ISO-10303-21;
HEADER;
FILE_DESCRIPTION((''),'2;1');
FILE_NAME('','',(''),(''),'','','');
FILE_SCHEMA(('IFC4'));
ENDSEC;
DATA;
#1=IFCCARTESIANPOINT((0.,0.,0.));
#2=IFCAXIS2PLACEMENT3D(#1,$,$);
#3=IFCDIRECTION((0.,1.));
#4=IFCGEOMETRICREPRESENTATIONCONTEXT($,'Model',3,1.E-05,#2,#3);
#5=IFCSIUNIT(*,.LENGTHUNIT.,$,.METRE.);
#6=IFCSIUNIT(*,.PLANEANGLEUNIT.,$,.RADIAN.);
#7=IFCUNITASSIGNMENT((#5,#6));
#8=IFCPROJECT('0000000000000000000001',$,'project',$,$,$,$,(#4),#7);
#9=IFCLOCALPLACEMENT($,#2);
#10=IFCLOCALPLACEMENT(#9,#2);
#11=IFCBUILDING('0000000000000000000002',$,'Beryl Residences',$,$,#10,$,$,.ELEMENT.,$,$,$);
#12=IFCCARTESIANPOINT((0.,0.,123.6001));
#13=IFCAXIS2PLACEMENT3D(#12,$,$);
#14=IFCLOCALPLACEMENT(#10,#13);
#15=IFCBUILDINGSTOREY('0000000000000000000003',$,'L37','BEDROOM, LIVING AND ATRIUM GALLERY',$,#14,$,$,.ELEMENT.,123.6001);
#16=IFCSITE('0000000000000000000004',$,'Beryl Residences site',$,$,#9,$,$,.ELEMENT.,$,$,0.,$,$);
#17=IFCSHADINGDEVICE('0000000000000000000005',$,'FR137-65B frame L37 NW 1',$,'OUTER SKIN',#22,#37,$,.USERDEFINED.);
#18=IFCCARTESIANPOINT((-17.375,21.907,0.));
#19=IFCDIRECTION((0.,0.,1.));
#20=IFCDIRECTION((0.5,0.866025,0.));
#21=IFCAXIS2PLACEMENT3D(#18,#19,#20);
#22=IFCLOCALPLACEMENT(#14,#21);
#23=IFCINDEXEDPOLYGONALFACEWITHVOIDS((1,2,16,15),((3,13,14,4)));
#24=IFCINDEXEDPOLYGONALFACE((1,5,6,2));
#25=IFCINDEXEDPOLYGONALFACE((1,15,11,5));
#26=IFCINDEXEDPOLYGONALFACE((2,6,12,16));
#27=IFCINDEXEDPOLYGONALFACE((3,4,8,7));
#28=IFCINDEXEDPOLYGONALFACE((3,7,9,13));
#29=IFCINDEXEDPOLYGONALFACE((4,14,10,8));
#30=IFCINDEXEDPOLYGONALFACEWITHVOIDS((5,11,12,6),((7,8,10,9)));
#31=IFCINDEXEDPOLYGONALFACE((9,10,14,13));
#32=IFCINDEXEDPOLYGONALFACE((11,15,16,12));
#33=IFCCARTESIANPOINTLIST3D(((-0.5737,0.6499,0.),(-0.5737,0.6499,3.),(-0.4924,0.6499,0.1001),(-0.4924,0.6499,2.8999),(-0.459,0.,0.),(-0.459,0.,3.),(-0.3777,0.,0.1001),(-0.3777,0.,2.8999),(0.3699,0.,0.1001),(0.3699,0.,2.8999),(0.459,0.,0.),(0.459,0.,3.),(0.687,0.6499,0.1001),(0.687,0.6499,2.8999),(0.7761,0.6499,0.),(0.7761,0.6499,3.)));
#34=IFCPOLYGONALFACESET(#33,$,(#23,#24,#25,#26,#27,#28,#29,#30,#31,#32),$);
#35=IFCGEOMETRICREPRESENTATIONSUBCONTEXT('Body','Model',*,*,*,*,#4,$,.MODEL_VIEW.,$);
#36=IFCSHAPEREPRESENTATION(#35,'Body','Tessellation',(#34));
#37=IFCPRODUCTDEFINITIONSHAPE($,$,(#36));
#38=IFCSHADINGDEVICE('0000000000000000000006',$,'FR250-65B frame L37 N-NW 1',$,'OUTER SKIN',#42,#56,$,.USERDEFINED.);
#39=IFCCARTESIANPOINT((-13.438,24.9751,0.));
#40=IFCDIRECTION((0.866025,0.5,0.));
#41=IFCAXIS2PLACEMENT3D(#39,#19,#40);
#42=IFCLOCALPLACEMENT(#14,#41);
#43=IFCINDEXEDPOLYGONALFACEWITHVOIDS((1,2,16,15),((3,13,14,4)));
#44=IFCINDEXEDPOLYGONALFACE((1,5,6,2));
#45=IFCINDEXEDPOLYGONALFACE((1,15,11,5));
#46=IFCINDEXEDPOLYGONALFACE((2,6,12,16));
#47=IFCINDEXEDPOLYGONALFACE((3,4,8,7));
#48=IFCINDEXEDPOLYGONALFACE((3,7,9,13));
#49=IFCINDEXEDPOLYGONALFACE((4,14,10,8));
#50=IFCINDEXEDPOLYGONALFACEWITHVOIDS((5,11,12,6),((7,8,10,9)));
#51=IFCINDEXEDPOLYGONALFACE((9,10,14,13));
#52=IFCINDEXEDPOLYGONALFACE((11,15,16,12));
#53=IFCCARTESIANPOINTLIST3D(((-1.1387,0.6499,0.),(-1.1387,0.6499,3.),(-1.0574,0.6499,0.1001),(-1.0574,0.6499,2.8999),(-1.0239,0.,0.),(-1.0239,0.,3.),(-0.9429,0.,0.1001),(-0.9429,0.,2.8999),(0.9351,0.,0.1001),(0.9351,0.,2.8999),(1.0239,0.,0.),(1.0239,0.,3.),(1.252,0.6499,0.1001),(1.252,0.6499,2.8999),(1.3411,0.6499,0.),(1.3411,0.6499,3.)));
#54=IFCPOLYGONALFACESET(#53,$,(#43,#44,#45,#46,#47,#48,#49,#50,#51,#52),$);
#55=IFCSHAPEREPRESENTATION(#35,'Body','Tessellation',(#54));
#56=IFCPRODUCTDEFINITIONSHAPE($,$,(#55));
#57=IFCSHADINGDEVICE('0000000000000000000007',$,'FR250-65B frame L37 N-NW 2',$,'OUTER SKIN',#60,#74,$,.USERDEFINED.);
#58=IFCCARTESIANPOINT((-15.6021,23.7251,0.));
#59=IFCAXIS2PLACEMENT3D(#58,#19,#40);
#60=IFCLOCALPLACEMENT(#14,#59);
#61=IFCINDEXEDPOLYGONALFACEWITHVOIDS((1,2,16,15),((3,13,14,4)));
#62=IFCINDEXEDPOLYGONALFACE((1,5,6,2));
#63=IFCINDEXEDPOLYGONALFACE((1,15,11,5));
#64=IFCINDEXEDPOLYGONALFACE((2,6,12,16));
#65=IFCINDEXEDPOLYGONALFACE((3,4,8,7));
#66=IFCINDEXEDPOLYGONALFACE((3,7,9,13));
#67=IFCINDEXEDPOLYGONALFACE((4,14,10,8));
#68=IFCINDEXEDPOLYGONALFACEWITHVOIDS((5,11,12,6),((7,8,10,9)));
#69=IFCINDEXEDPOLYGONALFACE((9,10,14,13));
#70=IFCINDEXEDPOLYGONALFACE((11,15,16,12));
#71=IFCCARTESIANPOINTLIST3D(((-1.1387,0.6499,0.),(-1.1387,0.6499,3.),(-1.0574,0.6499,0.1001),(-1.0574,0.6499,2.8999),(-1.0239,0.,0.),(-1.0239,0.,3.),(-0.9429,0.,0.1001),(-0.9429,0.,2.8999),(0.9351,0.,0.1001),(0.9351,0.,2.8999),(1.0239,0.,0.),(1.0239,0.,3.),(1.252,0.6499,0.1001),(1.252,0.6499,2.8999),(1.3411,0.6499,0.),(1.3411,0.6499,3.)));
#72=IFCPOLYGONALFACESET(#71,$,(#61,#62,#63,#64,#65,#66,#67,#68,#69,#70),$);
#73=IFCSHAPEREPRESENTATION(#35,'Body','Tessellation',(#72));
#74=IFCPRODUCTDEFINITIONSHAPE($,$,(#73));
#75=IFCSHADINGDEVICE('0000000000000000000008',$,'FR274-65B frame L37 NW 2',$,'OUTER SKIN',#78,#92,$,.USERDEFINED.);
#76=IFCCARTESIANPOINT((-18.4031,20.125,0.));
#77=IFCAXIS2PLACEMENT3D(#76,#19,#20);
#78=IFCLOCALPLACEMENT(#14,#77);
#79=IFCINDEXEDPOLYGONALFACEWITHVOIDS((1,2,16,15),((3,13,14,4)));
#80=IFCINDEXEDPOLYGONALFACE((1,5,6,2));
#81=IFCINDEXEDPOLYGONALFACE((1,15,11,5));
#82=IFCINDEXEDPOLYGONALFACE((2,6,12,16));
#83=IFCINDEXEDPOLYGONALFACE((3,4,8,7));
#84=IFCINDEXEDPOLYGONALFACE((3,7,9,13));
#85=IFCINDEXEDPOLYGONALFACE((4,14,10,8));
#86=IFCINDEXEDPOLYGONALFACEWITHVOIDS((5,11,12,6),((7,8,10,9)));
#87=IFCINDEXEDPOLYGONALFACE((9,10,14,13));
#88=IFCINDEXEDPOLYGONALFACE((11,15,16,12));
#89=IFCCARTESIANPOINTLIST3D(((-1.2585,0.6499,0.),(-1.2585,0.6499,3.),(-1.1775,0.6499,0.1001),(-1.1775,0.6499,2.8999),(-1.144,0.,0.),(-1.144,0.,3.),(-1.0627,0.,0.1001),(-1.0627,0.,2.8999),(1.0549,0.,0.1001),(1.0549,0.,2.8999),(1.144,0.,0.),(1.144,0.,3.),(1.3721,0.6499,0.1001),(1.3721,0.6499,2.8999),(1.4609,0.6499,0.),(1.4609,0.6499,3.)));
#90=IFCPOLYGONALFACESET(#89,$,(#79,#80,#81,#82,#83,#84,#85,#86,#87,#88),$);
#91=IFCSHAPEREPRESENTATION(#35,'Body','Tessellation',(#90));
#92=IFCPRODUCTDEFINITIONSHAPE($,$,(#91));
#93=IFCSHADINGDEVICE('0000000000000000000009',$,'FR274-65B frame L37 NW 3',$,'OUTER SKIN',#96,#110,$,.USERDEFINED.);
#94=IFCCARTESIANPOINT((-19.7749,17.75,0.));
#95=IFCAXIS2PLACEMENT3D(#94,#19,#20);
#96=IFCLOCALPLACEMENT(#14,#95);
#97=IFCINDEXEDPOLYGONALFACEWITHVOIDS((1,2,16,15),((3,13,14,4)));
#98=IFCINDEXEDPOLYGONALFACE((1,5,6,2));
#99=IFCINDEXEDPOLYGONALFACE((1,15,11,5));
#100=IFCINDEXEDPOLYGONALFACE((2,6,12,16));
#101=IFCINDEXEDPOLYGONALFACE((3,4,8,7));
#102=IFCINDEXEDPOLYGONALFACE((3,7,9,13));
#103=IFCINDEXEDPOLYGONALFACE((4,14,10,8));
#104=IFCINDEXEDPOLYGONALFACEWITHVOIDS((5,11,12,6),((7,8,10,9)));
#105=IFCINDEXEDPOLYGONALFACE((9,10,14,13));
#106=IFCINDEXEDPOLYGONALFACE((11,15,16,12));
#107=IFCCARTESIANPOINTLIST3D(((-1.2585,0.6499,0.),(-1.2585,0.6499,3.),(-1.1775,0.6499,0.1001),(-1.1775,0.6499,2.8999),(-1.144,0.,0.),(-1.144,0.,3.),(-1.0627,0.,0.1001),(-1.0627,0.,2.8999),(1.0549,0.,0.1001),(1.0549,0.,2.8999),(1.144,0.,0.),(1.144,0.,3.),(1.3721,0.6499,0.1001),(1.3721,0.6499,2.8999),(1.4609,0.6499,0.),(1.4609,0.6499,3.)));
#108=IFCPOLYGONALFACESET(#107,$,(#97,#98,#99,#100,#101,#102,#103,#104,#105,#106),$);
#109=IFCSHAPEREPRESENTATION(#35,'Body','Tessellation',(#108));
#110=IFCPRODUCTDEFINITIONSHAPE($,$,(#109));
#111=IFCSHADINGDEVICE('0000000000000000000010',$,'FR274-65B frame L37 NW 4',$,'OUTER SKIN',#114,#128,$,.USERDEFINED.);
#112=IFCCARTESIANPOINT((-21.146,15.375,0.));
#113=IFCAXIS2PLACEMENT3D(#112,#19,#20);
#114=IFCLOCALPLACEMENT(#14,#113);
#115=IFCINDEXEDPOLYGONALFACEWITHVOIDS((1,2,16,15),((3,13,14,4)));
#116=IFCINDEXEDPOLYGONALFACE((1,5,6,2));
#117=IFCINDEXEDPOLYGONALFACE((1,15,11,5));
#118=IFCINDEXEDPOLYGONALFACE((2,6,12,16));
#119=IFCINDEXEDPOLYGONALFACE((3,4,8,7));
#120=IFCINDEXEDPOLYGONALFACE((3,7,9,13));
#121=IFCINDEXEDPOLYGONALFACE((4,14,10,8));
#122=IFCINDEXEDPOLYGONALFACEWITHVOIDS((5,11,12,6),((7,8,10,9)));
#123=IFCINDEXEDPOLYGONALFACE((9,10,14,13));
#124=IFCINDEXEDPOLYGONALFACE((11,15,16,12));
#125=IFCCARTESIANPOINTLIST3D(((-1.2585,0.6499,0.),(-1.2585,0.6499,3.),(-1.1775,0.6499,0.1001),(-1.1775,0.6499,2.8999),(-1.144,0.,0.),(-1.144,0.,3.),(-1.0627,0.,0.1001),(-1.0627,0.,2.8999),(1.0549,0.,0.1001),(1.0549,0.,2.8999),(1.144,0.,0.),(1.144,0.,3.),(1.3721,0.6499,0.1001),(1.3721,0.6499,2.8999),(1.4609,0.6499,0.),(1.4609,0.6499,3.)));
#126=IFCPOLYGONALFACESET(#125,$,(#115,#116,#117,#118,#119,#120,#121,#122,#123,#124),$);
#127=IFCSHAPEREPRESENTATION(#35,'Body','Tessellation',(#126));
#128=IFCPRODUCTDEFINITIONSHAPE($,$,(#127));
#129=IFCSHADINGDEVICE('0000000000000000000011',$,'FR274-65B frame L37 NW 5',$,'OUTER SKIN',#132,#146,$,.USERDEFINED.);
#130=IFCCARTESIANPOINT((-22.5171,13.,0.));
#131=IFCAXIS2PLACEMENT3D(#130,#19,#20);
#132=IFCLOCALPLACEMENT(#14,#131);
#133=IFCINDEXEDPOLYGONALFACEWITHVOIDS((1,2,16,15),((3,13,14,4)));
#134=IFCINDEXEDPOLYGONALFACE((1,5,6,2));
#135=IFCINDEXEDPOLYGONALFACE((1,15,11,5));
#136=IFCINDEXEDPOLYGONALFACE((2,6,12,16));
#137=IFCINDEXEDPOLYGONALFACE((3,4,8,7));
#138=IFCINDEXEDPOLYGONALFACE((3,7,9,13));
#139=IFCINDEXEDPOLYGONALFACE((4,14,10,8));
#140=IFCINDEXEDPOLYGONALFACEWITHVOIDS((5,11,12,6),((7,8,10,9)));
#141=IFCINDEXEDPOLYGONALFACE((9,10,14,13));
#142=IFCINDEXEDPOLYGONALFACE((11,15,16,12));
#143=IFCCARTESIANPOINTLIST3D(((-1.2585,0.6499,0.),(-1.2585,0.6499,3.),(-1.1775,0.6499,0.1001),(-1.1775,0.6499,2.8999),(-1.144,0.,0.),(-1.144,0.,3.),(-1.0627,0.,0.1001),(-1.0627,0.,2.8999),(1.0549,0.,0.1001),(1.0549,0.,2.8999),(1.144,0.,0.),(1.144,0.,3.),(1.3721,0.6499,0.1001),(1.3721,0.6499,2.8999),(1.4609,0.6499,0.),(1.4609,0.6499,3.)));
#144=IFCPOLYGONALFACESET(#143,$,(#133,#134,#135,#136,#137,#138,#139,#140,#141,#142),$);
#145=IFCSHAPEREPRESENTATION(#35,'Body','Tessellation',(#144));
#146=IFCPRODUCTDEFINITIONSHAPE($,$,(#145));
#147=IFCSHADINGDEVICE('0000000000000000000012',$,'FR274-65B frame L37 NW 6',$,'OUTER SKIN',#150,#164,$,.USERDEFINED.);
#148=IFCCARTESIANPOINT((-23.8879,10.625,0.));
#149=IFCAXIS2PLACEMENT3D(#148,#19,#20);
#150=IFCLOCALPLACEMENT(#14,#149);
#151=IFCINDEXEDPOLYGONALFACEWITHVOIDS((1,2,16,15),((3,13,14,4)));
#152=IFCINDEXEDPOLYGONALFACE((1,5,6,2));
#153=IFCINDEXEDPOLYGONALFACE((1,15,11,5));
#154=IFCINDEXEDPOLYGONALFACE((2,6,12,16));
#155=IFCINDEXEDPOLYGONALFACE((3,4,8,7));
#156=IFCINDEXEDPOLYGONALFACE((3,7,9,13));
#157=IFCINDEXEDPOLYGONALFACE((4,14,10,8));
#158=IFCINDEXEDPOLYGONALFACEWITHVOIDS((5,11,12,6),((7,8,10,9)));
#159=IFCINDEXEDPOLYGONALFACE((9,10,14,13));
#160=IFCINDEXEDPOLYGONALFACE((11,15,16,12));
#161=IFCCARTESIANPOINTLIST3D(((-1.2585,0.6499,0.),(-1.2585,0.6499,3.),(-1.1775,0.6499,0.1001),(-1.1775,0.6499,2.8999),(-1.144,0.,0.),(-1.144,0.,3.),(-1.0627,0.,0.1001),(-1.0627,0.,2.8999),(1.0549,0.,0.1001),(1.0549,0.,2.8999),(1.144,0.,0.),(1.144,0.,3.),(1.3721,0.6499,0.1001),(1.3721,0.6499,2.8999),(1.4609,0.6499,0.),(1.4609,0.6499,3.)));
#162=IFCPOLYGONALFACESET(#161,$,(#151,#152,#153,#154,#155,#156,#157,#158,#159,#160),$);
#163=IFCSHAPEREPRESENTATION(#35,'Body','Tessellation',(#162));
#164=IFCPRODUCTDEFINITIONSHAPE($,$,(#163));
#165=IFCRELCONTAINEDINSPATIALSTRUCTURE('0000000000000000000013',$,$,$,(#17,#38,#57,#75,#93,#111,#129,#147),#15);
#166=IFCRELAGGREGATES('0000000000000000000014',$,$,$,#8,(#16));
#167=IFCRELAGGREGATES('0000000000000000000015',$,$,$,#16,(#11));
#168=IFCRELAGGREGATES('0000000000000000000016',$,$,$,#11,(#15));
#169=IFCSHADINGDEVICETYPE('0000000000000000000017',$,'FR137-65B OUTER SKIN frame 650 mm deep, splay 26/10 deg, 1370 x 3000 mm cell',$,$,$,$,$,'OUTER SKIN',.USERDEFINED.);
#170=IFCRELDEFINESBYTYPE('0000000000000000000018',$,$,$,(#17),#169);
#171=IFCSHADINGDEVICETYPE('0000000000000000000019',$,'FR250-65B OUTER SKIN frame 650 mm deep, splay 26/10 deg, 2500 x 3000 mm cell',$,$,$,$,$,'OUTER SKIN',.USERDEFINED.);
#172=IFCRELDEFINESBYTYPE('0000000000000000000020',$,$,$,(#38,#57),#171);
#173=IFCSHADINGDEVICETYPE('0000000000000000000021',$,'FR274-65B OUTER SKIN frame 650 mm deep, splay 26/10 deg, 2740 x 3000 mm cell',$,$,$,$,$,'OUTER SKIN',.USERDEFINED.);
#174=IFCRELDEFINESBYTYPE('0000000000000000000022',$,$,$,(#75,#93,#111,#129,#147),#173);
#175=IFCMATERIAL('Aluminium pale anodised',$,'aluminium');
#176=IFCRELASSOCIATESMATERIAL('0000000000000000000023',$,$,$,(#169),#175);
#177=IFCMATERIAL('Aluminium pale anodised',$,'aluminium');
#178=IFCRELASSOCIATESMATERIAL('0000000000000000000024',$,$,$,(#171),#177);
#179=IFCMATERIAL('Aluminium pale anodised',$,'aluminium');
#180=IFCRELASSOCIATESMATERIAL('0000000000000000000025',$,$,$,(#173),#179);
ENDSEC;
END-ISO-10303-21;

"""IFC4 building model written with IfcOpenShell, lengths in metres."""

from ifc_helpers import new_model, entity, si_unit, direction, frame, origin, place, context, subcontext, project, spatial, source, transform, mapped, material, type_object, type_shapes, element, save


model = new_model("IFC4")

# Units and contexts
model_context = context("Model", 3, precision=1e-05, world=origin(), true_north=direction((0.0, 1.0)))
body_context = subcontext(model_context, "Body", "Model", "MODEL_VIEW")
ifc_project = project(units=[si_unit("LENGTHUNIT", "METRE"), si_unit("PLANEANGLEUNIT", "RADIAN")], contexts=[model_context])

# Site, building, storey
site_placement = place(None, origin())
site = spatial("IfcSite", under=ifc_project, at=site_placement, Name="Beryl Residences site", CompositionType="ELEMENT", RefElevation=0.0)
building_placement = place(site_placement, origin())
building = spatial("IfcBuilding", under=site, at=building_placement, Name="Beryl Residences", CompositionType="ELEMENT")
storey_placement = place(building_placement, frame((0.0, 0.0, 123.6001)))
storey = spatial("IfcBuildingStorey", under=building, at=storey_placement, Name="L37", Description="BEDROOM, LIVING AND ATRIUM GALLERY", CompositionType="ELEMENT", Elevation=123.6001)

# Shading devices
ifc_material_1 = material(Name="Aluminium pale anodised", Category="aluminium")
shading_device_type_1 = type_object("IfcShadingDeviceType", Name="FR137-65B OUTER SKIN frame 650 mm deep, splay 26/10 deg, 1370 x 3000 mm cell", ElementType="OUTER SKIN", PredefinedType="USERDEFINED", material=ifc_material_1)
cartesian_point_1 = entity("IfcCartesianPoint", [-0.459, 0.0])
cartesian_point_2 = entity("IfcCartesianPoint", [-0.3699, 0.1001])
cartesian_point_3 = entity("IfcCartesianPoint", [-0.7761, 0.0])
cartesian_point_4 = entity("IfcCartesianPoint", [-0.687, 0.1001])
shared_shape_1 = source(origin(), body_context, "Body", "SweptSolid", [
    entity("IfcExtrudedAreaSolidTapered", entity("IfcArbitraryProfileDefWithVoids", "AREA", None, entity("IfcPolyline", [cartesian_point_1, entity("IfcCartesianPoint", [0.459, 0.0]), entity("IfcCartesianPoint", [0.459, 3.0]), entity("IfcCartesianPoint", [-0.459, 3.0]), cartesian_point_1]), [entity("IfcPolyline", [cartesian_point_2, entity("IfcCartesianPoint", [0.3777, 0.1001]), entity("IfcCartesianPoint", [0.3777, 2.8999]), entity("IfcCartesianPoint", [-0.3699, 2.8999]), cartesian_point_2])]), entity("IfcAxis2Placement3D", entity("IfcCartesianPoint", [0.0, 0.0, 0.0]), entity("IfcDirection", [0.0, 1.0, 0.0]), entity("IfcDirection", [-1.0, 0.0, 0.0])), entity("IfcDirection", [0.0, 0.0, 1.0]), 0.6499, entity("IfcArbitraryProfileDefWithVoids", "AREA", None, entity("IfcPolyline", [cartesian_point_3, entity("IfcCartesianPoint", [0.5737, 0.0]), entity("IfcCartesianPoint", [0.5737, 3.0]), entity("IfcCartesianPoint", [-0.7761, 3.0]), cartesian_point_3]), [entity("IfcPolyline", [cartesian_point_4, entity("IfcCartesianPoint", [0.4924, 0.1001]), entity("IfcCartesianPoint", [0.4924, 2.8999]), entity("IfcCartesianPoint", [-0.687, 2.8999]), cartesian_point_4])])),
])
type_shapes(shading_device_type_1, [shared_shape_1])
shading_device_placement = place(storey_placement, frame((-17.375, 21.907, 0.0), z_axis=(0.0, 0.0, 1.0), x_axis=(0.5, 0.866025, 0.0)))
element("IfcShadingDevice", 1, at=shading_device_placement, inside=storey, type_object=shading_device_type_1, Name="FR137-65B frame L37 NW 1", ObjectType="OUTER SKIN", PredefinedType="USERDEFINED", context=body_context, shape_type="MappedRepresentation", body=[
    mapped(shared_shape_1, transform((0.0, 0.0, 0.0))),
])
ifc_material_2 = material(Name="Aluminium pale anodised", Category="aluminium")
shading_device_type_2 = type_object("IfcShadingDeviceType", Name="FR250-65B OUTER SKIN frame 650 mm deep, splay 26/10 deg, 2500 x 3000 mm cell", ElementType="OUTER SKIN", PredefinedType="USERDEFINED", material=ifc_material_2)
cartesian_point_5 = entity("IfcCartesianPoint", [-1.0239, 0.0])
cartesian_point_6 = entity("IfcCartesianPoint", [-0.9351, 0.1001])
cartesian_point_7 = entity("IfcCartesianPoint", [-1.3411, 0.0])
cartesian_point_8 = entity("IfcCartesianPoint", [-1.252, 0.1001])
shared_shape_2 = source(origin(), body_context, "Body", "SweptSolid", [
    entity("IfcExtrudedAreaSolidTapered", entity("IfcArbitraryProfileDefWithVoids", "AREA", None, entity("IfcPolyline", [cartesian_point_5, entity("IfcCartesianPoint", [1.0239, 0.0]), entity("IfcCartesianPoint", [1.0239, 3.0]), entity("IfcCartesianPoint", [-1.0239, 3.0]), cartesian_point_5]), [entity("IfcPolyline", [cartesian_point_6, entity("IfcCartesianPoint", [0.9429, 0.1001]), entity("IfcCartesianPoint", [0.9429, 2.8999]), entity("IfcCartesianPoint", [-0.9351, 2.8999]), cartesian_point_6])]), entity("IfcAxis2Placement3D", entity("IfcCartesianPoint", [0.0, 0.0, 0.0]), entity("IfcDirection", [0.0, 1.0, 0.0]), entity("IfcDirection", [-1.0, 0.0, 0.0])), entity("IfcDirection", [0.0, 0.0, 1.0]), 0.6499, entity("IfcArbitraryProfileDefWithVoids", "AREA", None, entity("IfcPolyline", [cartesian_point_7, entity("IfcCartesianPoint", [1.1387, 0.0]), entity("IfcCartesianPoint", [1.1387, 3.0]), entity("IfcCartesianPoint", [-1.3411, 3.0]), cartesian_point_7]), [entity("IfcPolyline", [cartesian_point_8, entity("IfcCartesianPoint", [1.0574, 0.1001]), entity("IfcCartesianPoint", [1.0574, 2.8999]), entity("IfcCartesianPoint", [-1.252, 2.8999]), cartesian_point_8])])),
])
type_shapes(shading_device_type_2, [shared_shape_2])
for number, where, z_axis, x_axis, name in (
    (2, (-13.438, 24.9751, 0.0), (0.0, 0.0, 1.0), (0.866025, 0.5, 0.0), "FR250-65B frame L37 N-NW 1"),
    (3, (-15.6021, 23.7251, 0.0), (0.0, 0.0, 1.0), (0.866025, 0.5, 0.0), "FR250-65B frame L37 N-NW 2"),
):
    element("IfcShadingDevice", number, at=place(storey_placement, frame(where, z_axis=z_axis, x_axis=x_axis)), inside=storey, type_object=shading_device_type_2, Name=name, ObjectType="OUTER SKIN", PredefinedType="USERDEFINED", context=body_context, shape_type="MappedRepresentation", body=[
        mapped(shared_shape_2, transform((0.0, 0.0, 0.0))),
    ])
ifc_material_3 = material(Name="Aluminium pale anodised", Category="aluminium")
shading_device_type_3 = type_object("IfcShadingDeviceType", Name="FR274-65B OUTER SKIN frame 650 mm deep, splay 26/10 deg, 2740 x 3000 mm cell", ElementType="OUTER SKIN", PredefinedType="USERDEFINED", material=ifc_material_3)
cartesian_point_9 = entity("IfcCartesianPoint", [-1.144, 0.0])
cartesian_point_10 = entity("IfcCartesianPoint", [-1.0549, 0.1001])
cartesian_point_11 = entity("IfcCartesianPoint", [-1.4609, 0.0])
cartesian_point_12 = entity("IfcCartesianPoint", [-1.3721, 0.1001])
shared_shape_3 = source(origin(), body_context, "Body", "SweptSolid", [
    entity("IfcExtrudedAreaSolidTapered", entity("IfcArbitraryProfileDefWithVoids", "AREA", None, entity("IfcPolyline", [cartesian_point_9, entity("IfcCartesianPoint", [1.144, 0.0]), entity("IfcCartesianPoint", [1.144, 3.0]), entity("IfcCartesianPoint", [-1.144, 3.0]), cartesian_point_9]), [entity("IfcPolyline", [cartesian_point_10, entity("IfcCartesianPoint", [1.0627, 0.1001]), entity("IfcCartesianPoint", [1.0627, 2.8999]), entity("IfcCartesianPoint", [-1.0549, 2.8999]), cartesian_point_10])]), entity("IfcAxis2Placement3D", entity("IfcCartesianPoint", [0.0, 0.0, 0.0]), entity("IfcDirection", [0.0, 1.0, 0.0]), entity("IfcDirection", [-1.0, 0.0, 0.0])), entity("IfcDirection", [0.0, 0.0, 1.0]), 0.6499, entity("IfcArbitraryProfileDefWithVoids", "AREA", None, entity("IfcPolyline", [cartesian_point_11, entity("IfcCartesianPoint", [1.2585, 0.0]), entity("IfcCartesianPoint", [1.2585, 3.0]), entity("IfcCartesianPoint", [-1.4609, 3.0]), cartesian_point_11]), [entity("IfcPolyline", [cartesian_point_12, entity("IfcCartesianPoint", [1.1775, 0.1001]), entity("IfcCartesianPoint", [1.1775, 2.8999]), entity("IfcCartesianPoint", [-1.3721, 2.8999]), cartesian_point_12])])),
])
type_shapes(shading_device_type_3, [shared_shape_3])
for number, where, z_axis, x_axis, name in (
    (4, (-18.4031, 20.125, 0.0), (0.0, 0.0, 1.0), (0.5, 0.866025, 0.0), "FR274-65B frame L37 NW 2"),
    (5, (-19.7749, 17.75, 0.0), (0.0, 0.0, 1.0), (0.5, 0.866025, 0.0), "FR274-65B frame L37 NW 3"),
    (6, (-21.146, 15.375, 0.0), (0.0, 0.0, 1.0), (0.5, 0.866025, 0.0), "FR274-65B frame L37 NW 4"),
    (7, (-22.5171, 13.0, 0.0), (0.0, 0.0, 1.0), (0.5, 0.866025, 0.0), "FR274-65B frame L37 NW 5"),
    (8, (-23.8879, 10.625, 0.0), (0.0, 0.0, 1.0), (0.5, 0.866025, 0.0), "FR274-65B frame L37 NW 6"),
):
    element("IfcShadingDevice", number, at=place(storey_placement, frame(where, z_axis=z_axis, x_axis=x_axis)), inside=storey, type_object=shading_device_type_3, Name=name, ObjectType="OUTER SKIN", PredefinedType="USERDEFINED", context=body_context, shape_type="MappedRepresentation", body=[
        mapped(shared_shape_3, transform((0.0, 0.0, 0.0))),
    ])

save(model, "model.ifc")
